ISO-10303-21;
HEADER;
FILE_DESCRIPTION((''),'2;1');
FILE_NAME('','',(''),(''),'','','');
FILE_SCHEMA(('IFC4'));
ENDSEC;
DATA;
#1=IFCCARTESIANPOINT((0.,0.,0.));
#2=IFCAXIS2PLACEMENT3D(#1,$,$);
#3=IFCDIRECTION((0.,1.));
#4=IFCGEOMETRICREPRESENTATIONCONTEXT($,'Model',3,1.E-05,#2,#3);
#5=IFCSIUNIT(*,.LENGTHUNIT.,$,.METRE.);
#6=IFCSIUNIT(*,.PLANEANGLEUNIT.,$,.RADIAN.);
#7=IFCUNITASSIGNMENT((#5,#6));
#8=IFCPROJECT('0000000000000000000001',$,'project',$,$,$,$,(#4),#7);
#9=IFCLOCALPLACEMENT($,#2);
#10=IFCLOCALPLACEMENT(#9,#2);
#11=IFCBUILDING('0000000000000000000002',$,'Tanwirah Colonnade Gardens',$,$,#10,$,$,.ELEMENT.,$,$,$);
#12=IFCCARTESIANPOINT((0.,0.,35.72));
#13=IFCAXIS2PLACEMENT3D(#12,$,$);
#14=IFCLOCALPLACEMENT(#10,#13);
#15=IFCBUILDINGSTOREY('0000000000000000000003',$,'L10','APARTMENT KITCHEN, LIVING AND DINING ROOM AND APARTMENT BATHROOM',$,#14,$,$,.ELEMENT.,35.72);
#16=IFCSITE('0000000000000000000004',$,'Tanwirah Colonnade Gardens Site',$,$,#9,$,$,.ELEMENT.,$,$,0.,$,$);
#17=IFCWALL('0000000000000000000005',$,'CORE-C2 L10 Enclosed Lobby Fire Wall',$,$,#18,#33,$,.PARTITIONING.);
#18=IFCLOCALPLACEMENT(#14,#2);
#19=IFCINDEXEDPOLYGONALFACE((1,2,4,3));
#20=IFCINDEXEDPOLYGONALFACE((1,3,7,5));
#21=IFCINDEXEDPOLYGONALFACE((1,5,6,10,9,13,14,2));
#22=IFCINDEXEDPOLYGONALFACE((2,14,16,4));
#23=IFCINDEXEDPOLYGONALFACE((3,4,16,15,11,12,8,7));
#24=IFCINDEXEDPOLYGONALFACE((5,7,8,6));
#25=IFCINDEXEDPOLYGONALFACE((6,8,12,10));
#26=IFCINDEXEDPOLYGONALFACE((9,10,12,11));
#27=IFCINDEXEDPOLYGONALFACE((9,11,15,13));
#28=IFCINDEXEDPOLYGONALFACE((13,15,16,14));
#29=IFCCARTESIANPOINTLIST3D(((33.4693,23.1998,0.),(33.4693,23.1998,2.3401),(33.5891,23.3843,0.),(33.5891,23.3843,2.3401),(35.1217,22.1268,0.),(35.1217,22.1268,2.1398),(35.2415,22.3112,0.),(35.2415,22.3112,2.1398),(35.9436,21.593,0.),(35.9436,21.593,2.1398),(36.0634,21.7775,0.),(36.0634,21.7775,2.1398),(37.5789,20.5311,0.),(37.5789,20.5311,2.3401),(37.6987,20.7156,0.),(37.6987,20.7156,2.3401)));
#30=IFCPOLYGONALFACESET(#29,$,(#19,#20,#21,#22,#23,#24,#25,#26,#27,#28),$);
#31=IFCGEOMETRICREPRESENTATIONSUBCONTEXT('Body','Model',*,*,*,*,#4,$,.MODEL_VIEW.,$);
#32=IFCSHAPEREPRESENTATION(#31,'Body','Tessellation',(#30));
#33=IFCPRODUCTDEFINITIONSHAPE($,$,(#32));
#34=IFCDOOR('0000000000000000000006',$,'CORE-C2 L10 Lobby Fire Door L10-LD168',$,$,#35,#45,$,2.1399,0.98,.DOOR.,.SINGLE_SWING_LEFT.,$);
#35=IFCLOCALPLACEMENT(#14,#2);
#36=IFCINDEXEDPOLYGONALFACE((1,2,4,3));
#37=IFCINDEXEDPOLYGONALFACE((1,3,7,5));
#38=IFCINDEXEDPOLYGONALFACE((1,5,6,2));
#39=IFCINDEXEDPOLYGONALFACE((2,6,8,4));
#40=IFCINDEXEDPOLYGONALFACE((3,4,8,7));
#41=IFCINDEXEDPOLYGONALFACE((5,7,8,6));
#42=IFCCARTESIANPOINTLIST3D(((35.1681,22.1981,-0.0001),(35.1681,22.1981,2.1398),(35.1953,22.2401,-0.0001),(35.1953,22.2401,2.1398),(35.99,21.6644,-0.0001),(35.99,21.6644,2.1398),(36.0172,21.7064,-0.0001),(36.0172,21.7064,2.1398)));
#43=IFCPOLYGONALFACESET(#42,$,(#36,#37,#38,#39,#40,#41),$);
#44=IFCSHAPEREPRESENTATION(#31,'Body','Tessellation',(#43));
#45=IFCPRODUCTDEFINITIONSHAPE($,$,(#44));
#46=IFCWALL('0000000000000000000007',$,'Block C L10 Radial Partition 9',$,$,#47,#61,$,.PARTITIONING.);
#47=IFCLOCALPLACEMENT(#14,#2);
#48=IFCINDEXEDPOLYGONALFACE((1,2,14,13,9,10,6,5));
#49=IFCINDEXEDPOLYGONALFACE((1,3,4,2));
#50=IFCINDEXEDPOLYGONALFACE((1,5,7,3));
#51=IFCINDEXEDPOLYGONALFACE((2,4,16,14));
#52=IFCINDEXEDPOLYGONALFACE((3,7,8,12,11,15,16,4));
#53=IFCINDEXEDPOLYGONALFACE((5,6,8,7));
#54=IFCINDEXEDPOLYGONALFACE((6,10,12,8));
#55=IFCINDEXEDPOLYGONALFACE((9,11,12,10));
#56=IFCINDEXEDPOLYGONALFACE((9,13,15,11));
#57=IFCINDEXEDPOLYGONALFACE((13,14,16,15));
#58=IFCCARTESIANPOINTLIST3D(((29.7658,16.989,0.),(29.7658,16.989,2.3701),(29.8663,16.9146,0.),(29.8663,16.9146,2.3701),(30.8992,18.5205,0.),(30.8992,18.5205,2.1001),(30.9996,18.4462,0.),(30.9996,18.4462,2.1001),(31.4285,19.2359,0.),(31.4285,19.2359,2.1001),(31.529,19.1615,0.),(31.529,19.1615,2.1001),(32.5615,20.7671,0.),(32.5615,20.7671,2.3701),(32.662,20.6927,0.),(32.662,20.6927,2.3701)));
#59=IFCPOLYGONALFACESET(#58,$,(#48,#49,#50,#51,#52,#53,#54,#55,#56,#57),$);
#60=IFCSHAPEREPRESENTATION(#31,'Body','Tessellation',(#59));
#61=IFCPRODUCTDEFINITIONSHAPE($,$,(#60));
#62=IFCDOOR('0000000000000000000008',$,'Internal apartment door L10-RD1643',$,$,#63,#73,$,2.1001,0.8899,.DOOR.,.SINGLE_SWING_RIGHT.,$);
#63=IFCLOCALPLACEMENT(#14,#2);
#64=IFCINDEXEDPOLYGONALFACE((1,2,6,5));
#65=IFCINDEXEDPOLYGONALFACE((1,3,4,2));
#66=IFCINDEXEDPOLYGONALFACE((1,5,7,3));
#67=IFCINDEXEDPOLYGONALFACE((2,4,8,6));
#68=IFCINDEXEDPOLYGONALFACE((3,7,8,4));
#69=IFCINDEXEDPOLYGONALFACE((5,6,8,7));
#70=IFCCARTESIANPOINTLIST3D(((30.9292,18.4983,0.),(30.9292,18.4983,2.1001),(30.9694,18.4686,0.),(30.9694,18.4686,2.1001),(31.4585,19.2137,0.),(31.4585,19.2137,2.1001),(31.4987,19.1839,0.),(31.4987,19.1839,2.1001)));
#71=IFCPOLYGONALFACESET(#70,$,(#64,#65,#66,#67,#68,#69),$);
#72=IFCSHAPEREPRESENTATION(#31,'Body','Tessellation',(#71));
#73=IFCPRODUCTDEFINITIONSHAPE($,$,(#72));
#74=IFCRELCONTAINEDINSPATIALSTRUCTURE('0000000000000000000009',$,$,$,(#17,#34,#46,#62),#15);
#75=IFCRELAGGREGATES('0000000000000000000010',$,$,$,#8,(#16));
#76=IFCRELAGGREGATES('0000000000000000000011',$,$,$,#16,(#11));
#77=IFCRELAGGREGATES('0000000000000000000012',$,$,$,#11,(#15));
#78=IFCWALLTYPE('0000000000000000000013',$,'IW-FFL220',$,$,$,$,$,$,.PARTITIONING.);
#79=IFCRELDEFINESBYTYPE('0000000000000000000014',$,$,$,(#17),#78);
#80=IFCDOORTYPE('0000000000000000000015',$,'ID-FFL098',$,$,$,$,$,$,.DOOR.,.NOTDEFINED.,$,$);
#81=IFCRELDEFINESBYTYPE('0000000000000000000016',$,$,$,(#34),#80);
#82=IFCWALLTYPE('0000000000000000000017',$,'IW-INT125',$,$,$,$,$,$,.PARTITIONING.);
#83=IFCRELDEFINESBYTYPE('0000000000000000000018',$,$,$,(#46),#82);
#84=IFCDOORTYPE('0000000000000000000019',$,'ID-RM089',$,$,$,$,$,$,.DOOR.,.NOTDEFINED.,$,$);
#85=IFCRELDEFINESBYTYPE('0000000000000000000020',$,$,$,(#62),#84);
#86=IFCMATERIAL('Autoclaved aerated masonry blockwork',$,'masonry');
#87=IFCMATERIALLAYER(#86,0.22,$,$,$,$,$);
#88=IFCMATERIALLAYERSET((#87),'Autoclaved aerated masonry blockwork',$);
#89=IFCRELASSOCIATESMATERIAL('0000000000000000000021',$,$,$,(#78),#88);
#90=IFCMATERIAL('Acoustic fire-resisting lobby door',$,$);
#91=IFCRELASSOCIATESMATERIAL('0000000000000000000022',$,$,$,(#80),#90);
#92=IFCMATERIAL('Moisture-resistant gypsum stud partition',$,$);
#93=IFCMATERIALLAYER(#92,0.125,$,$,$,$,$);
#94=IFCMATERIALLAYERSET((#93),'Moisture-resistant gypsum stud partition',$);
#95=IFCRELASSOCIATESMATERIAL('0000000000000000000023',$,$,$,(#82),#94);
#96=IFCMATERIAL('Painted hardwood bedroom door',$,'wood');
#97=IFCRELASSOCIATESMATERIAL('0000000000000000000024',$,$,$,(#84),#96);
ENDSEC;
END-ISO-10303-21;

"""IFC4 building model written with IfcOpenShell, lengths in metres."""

from ifc_helpers import new_model, si_unit, direction, frame, frame_2d, origin, place, context, subcontext, project, spatial, rectangle, extrude, material, layer, layer_set, type_object, element, fill, save


model = new_model("IFC4")

# Units and contexts
model_context = context("Model", 3, precision=1e-05, world=origin(), true_north=direction((0.0, 1.0)))
body_context = subcontext(model_context, "Body", "Model", "MODEL_VIEW")
ifc_project = project(units=[si_unit("LENGTHUNIT", "METRE"), si_unit("PLANEANGLEUNIT", "RADIAN")], contexts=[model_context])

# Site, building, storey
site_placement = place(None, origin())
site = spatial("IfcSite", under=ifc_project, at=site_placement, Name="Tanwirah Colonnade Gardens Site", CompositionType="ELEMENT", RefElevation=0.0)
building_placement = place(site_placement, origin())
building = spatial("IfcBuilding", under=site, at=building_placement, Name="Tanwirah Colonnade Gardens", CompositionType="ELEMENT")
storey_placement = place(building_placement, frame((0.0, 0.0, 35.72)))
storey = spatial("IfcBuildingStorey", under=building, at=storey_placement, Name="L10", Description="APARTMENT KITCHEN, LIVING AND DINING ROOM AND APARTMENT BATHROOM", CompositionType="ELEMENT", Elevation=35.72)

# Walls, openings, doors
ifc_material_1 = material(Name="Autoclaved aerated masonry blockwork", Category="masonry")
ifc_layer_1 = layer(ifc_material_1, 0.22)
ifc_layer_set_1 = layer_set([ifc_layer_1], Name="Autoclaved aerated masonry blockwork")
wall_type_1 = type_object("IfcWallType", Name="IW-FFL220", PredefinedType="PARTITIONING", material=ifc_layer_set_1)
wall_1_placement = place(storey_placement, frame((37.6389, 20.6233, 0.0), z_axis=(0.0, 0.0, 1.0), x_axis=(-0.838681, 0.544622, 0.0)))
wall_1 = element("IfcWall", 1, at=wall_1_placement, inside=storey, type_object=wall_type_1, Name="CORE-C2 L10 Enclosed Lobby Fire Wall", PredefinedType="PARTITIONING", context=body_context, shape_type="SweptSolid", body=[
    extrude(rectangle(XDim=4.9001, YDim=0.22, at=frame_2d((2.4502, 0.0))), origin(), (0.0, 0.0, 1.0), 2.3401),
])
opening_1_placement = place(wall_1_placement, frame((1.95, 0.0, 0.0)))
opening_1 = element("IfcOpeningElement", 2, at=opening_1_placement, cuts=wall_1, PredefinedType="OPENING", context=body_context, shape_type="SweptSolid", body=[
    extrude(rectangle(XDim=0.98, YDim=2.1399, at=frame_2d((0.49, 1.0698))), frame((0.0, 0.1199, 0.0), z_axis=(0.0, -1.0, 0.0), x_axis=(1.0, 0.0, 0.0)), (0.0, 0.0, 1.0), 0.24),
])
ifc_material_2 = material(Name="Acoustic fire-resisting lobby door")
door_type_1 = type_object("IfcDoorType", Name="ID-FFL098", OperationType="NOTDEFINED", PredefinedType="DOOR", material=ifc_material_2)
door_1_placement = place(opening_1_placement, origin())
door_1 = element("IfcDoor", 3, at=door_1_placement, inside=storey, type_object=door_type_1, Name="CORE-C2 L10 Lobby Fire Door L10-LD168", OperationType="SINGLE_SWING_LEFT", OverallHeight=2.1399, OverallWidth=0.98, PredefinedType="DOOR", context=body_context, shape_type="SweptSolid", body=[
    extrude(rectangle(XDim=0.98, YDim=2.1399, at=frame_2d((0.49, 1.0698))), frame((0.0, 0.0249, 0.0), z_axis=(0.0, -1.0, 0.0), x_axis=(1.0, 0.0, 0.0)), (0.0, 0.0, 1.0), 0.05),
])
fill(opening_1, door_1)
ifc_material_3 = material(Name="Moisture-resistant gypsum stud partition")
ifc_layer_2 = layer(ifc_material_3, 0.125)
ifc_layer_set_2 = layer_set([ifc_layer_2], Name="Moisture-resistant gypsum stud partition")
wall_type_2 = type_object("IfcWallType", Name="IW-INT125", PredefinedType="PARTITIONING", material=ifc_layer_set_2)
wall_2_placement = place(storey_placement, frame((32.6118, 20.73, 0.0), z_axis=(0.0, 0.0, 1.0), x_axis=(-0.594826, -0.803854, 0.0)))
wall_2 = element("IfcWall", 4, at=wall_2_placement, inside=storey, type_object=wall_type_2, Name="Block C L10 Radial Partition 9", PredefinedType="PARTITIONING", context=body_context, shape_type="SweptSolid", body=[
    extrude(rectangle(XDim=4.7, YDim=0.125, at=frame_2d((2.3501, 0.0))), origin(), (0.0, 0.0, 1.0), 2.3701),
])
opening_2_placement = place(wall_2_placement, frame((1.905, 0.0, 0.0)))
opening_2 = element("IfcOpeningElement", 5, at=opening_2_placement, cuts=wall_2, PredefinedType="OPENING", context=body_context, shape_type="SweptSolid", body=[
    extrude(rectangle(XDim=0.8899, YDim=2.1001, at=frame_2d((0.4448, 1.05))), frame((0.0, 0.0725, 0.0), z_axis=(0.0, -1.0, 0.0), x_axis=(1.0, 0.0, 0.0)), (0.0, 0.0, 1.0), 0.145),
])
ifc_material_4 = material(Name="Painted hardwood bedroom door", Category="wood")
door_type_2 = type_object("IfcDoorType", Name="ID-RM089", OperationType="NOTDEFINED", PredefinedType="DOOR", material=ifc_material_4)
door_2_placement = place(opening_2_placement, origin())
door_2 = element("IfcDoor", 6, at=door_2_placement, inside=storey, type_object=door_type_2, Name="Internal apartment door L10-RD1643", OperationType="SINGLE_SWING_RIGHT", OverallHeight=2.1001, OverallWidth=0.8899, PredefinedType="DOOR", context=body_context, shape_type="SweptSolid", body=[
    extrude(rectangle(XDim=0.8899, YDim=2.1001, at=frame_2d((0.4448, 1.05))), frame((0.0, 0.0249, 0.0), z_axis=(0.0, -1.0, 0.0), x_axis=(1.0, 0.0, 0.0)), (0.0, 0.0, 1.0), 0.05),
])
fill(opening_2, door_2)

save(model, "model.ifc")
